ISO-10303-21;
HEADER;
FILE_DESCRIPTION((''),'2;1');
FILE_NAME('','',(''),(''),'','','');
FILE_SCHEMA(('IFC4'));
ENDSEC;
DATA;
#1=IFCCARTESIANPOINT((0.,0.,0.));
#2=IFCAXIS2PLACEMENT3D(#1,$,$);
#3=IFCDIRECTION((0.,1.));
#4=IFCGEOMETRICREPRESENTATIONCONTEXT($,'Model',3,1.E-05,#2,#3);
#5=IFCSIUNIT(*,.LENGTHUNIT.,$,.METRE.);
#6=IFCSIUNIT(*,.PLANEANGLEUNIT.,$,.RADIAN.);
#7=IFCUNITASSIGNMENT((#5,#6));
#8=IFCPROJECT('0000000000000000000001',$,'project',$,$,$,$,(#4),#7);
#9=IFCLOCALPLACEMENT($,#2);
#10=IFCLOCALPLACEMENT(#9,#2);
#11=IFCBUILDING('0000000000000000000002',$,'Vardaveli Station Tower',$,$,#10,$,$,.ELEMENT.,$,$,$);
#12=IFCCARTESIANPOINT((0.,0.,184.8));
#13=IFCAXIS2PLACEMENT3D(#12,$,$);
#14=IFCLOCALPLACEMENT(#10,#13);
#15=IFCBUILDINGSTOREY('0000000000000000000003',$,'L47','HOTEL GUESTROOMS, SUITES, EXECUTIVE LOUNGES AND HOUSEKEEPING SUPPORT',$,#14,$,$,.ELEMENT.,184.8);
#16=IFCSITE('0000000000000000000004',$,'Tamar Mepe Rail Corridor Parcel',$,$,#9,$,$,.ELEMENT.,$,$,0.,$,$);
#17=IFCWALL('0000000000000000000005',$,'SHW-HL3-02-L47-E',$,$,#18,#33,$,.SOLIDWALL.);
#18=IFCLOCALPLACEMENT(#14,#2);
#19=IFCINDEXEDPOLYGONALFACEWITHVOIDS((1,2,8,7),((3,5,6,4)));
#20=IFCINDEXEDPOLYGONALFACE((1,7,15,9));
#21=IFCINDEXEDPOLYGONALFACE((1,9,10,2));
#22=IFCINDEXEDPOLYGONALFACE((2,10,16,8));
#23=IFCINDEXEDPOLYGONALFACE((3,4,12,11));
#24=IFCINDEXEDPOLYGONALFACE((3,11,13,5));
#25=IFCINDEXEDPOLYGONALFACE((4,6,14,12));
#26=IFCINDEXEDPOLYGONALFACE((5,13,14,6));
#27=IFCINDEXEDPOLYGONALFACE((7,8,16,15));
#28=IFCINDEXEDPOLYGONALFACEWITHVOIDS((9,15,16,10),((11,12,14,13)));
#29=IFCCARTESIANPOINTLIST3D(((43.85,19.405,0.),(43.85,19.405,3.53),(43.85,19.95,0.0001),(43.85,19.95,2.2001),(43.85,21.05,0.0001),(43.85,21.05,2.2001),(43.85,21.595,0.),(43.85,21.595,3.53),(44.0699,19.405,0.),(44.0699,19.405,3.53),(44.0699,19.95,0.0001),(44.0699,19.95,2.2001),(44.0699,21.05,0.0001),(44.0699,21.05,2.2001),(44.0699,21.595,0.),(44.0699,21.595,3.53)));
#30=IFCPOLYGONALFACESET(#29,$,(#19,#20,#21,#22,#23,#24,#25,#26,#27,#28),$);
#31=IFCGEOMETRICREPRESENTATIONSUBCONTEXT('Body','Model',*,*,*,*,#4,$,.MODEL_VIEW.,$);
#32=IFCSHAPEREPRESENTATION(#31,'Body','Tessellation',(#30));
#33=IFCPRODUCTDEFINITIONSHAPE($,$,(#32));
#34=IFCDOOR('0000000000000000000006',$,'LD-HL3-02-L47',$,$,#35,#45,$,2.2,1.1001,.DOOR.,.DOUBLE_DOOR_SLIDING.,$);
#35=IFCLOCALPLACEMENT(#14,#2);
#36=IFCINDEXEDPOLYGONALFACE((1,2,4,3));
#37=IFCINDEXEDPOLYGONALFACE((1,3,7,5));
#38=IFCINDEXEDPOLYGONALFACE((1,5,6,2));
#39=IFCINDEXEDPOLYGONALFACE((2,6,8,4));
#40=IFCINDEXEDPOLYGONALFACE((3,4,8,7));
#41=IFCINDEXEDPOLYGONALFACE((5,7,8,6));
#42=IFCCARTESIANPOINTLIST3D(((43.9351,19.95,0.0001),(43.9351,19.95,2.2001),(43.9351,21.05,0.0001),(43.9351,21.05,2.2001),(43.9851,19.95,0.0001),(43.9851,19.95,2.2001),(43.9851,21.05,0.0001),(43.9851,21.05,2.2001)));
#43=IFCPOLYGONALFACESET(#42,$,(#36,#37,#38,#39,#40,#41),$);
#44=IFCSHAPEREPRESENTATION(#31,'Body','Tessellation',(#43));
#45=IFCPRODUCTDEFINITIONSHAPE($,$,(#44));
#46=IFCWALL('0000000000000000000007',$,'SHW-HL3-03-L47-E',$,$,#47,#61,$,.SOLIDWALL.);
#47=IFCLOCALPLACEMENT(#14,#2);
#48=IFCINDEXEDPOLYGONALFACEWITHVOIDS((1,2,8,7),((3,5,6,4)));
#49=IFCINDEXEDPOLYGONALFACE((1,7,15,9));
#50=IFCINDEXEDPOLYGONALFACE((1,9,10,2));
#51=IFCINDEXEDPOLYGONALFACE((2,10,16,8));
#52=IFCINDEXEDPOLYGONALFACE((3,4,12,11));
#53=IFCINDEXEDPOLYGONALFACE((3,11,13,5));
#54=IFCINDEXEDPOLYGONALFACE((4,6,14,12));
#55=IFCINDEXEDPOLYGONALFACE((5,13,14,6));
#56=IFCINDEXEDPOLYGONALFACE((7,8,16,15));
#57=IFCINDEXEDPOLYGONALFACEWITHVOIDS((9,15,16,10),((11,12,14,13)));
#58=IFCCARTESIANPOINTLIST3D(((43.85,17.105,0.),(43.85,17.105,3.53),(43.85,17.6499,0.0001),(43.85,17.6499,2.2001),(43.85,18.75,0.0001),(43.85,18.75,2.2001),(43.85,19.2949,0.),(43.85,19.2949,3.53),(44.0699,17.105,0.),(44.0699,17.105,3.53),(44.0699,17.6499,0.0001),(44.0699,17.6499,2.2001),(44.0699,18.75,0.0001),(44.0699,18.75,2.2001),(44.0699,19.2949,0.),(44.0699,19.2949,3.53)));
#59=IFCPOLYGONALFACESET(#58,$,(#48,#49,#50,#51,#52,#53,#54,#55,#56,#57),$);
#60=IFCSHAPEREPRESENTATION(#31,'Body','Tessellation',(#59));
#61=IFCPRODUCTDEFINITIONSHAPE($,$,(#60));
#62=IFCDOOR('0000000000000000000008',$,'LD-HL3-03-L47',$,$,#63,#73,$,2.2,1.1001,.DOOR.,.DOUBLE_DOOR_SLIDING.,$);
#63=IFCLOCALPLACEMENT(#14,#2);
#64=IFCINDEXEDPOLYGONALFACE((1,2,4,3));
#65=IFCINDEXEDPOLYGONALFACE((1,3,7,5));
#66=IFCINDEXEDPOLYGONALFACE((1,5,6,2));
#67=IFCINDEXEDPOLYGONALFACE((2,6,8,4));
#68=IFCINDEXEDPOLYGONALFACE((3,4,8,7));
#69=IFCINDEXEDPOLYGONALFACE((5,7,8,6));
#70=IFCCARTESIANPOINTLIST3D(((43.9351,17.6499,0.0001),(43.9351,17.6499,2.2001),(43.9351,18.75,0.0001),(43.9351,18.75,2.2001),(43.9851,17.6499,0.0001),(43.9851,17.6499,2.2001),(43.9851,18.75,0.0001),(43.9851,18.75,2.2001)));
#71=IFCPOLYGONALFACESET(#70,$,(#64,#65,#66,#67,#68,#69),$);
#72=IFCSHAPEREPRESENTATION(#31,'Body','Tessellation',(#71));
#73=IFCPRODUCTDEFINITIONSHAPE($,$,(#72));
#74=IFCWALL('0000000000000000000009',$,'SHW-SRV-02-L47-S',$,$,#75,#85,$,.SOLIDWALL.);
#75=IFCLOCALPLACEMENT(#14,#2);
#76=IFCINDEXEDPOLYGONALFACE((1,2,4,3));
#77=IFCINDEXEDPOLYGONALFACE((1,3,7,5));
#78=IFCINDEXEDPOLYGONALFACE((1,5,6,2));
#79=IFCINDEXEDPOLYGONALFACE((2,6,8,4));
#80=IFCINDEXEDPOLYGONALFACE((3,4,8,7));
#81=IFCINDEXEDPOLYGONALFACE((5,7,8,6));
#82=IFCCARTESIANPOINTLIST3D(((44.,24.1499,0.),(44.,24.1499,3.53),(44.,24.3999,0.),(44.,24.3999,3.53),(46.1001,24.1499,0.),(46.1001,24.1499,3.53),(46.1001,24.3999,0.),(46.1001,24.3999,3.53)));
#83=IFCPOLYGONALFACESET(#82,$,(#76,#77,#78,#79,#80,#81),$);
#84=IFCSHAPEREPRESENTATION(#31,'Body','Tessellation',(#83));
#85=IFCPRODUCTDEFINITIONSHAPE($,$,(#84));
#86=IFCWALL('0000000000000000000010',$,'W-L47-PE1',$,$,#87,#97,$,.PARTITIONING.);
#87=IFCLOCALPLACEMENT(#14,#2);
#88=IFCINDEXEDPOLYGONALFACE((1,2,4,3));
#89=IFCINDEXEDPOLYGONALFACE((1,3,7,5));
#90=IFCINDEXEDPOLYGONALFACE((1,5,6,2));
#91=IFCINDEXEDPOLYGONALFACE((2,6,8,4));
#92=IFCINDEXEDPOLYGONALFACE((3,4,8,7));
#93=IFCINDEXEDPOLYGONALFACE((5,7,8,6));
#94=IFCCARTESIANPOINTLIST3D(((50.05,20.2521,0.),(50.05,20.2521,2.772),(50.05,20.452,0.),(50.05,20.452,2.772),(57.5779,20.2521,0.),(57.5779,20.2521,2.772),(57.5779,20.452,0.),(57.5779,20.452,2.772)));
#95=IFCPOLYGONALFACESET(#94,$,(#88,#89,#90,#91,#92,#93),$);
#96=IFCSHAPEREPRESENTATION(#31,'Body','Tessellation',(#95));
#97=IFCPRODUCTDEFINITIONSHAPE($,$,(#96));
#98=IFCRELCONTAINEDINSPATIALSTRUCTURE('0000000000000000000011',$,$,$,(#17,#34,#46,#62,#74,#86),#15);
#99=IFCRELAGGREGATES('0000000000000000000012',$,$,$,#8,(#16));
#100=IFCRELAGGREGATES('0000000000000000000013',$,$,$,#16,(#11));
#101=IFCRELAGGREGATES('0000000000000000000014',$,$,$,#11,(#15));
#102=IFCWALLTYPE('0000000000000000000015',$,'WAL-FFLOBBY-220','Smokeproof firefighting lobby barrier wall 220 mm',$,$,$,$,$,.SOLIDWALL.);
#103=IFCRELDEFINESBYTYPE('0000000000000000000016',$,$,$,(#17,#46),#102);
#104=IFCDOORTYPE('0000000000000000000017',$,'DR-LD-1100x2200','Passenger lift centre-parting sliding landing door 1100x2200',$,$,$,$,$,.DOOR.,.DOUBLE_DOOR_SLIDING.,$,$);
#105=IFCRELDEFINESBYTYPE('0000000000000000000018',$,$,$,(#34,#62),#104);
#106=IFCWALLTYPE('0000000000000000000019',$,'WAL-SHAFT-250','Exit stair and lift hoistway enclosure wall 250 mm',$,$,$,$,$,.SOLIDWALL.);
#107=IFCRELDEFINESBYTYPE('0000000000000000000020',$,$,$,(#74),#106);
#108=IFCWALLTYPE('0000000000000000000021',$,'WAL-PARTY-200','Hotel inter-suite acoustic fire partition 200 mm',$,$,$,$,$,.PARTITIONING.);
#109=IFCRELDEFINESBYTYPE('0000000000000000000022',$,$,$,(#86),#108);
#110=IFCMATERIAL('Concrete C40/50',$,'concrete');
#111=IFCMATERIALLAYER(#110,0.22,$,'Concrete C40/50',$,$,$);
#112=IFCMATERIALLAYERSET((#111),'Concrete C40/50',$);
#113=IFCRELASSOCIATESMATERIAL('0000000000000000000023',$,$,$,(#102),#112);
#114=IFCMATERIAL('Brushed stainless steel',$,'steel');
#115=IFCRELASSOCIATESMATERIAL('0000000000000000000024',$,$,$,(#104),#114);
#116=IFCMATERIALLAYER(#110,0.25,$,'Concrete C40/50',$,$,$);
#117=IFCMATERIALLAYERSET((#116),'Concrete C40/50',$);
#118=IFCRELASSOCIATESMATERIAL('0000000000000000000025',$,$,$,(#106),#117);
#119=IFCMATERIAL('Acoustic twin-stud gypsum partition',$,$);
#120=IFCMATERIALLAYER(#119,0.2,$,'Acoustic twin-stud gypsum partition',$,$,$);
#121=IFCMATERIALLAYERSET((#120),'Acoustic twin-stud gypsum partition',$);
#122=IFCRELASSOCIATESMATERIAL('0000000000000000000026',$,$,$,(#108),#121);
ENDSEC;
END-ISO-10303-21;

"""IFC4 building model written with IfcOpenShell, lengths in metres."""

from ifc_helpers import new_model, si_unit, direction, frame, frame_2d, origin, place, context, subcontext, project, spatial, rectangle, extrude, source, transform, mapped, material, layer, layer_set, type_object, element, fill, save


model = new_model("IFC4")

# Units and contexts
model_context = context("Model", 3, precision=1e-05, world=origin(), true_north=direction((0.0, 1.0)))
body_context = subcontext(model_context, "Body", "Model", "MODEL_VIEW")
ifc_project = project(units=[si_unit("LENGTHUNIT", "METRE"), si_unit("PLANEANGLEUNIT", "RADIAN")], contexts=[model_context])

# Site, building, storey
site_placement = place(None, origin())
site = spatial("IfcSite", under=ifc_project, at=site_placement, Name="Tamar Mepe Rail Corridor Parcel", CompositionType="ELEMENT", RefElevation=0.0)
building_placement = place(site_placement, origin())
building = spatial("IfcBuilding", under=site, at=building_placement, Name="Vardaveli Station Tower", CompositionType="ELEMENT")
storey_placement = place(building_placement, frame((0.0, 0.0, 184.8)))
storey = spatial("IfcBuildingStorey", under=building, at=storey_placement, Name="L47", Description="HOTEL GUESTROOMS, SUITES, EXECUTIVE LOUNGES AND HOUSEKEEPING SUPPORT", CompositionType="ELEMENT", Elevation=184.8)

# Walls, openings, doors
ifc_material_1 = material(Name="Concrete C40/50", Category="concrete")
ifc_layer_1 = layer(ifc_material_1, 0.22, Name="Concrete C40/50")
ifc_layer_set_1 = layer_set([ifc_layer_1], Name="Concrete C40/50")
wall_type_1 = type_object("IfcWallType", Name="WAL-FFLOBBY-220", Description="Smokeproof firefighting lobby barrier wall 220 mm", PredefinedType="SOLIDWALL", material=ifc_layer_set_1)
shared_shape_1 = source(origin(), body_context, "Body", "SweptSolid", [
    extrude(rectangle(XDim=2.1899, YDim=0.22, at=frame_2d((1.095, 0.0))), origin(), (0.0, 0.0, 1.0), 3.53),
])
shared_shape_2 = source(origin(), body_context, "Body", "SweptSolid", [
    extrude(rectangle(XDim=1.1001, YDim=2.2, at=frame_2d((0.55, 1.1001))), frame((0.0, 0.1201, 0.0), z_axis=(0.0, -1.0, 0.0), x_axis=(1.0, 0.0, 0.0)), (0.0, 0.0, 1.0), 0.24),
])
ifc_material_2 = material(Name="Brushed stainless steel", Category="steel")
door_type = type_object("IfcDoorType", Name="DR-LD-1100x2200", Description="Passenger lift centre-parting sliding landing door 1100x2200", OperationType="DOUBLE_DOOR_SLIDING", PredefinedType="DOOR", material=ifc_material_2)
shared_shape_3 = source(origin(), body_context, "Body", "SweptSolid", [
    extrude(rectangle(XDim=1.1001, YDim=2.2, at=frame_2d((0.55, 1.1001))), frame((0.0, 0.0249, 0.0), z_axis=(0.0, -1.0, 0.0), x_axis=(1.0, 0.0, 0.0)), (0.0, 0.0, 1.0), 0.05),
])
wall_1_placement = place(storey_placement, frame((43.96, 19.405, 0.0), z_axis=(0.0, 0.0, 1.0), x_axis=(0.0, 1.0, 0.0)))
wall_1 = element("IfcWall", 1, at=wall_1_placement, inside=storey, type_object=wall_type_1, Name="SHW-HL3-02-L47-E", PredefinedType="SOLIDWALL", context=body_context, shape_type="MappedRepresentation", body=[
    mapped(shared_shape_1, transform((0.0, 0.0, 0.0), scale=1.0)),
])
opening_1_placement = place(wall_1_placement, frame((0.5449, 0.0, 0.0)))
opening_1 = element("IfcOpeningElement", 2, at=opening_1_placement, cuts=wall_1, PredefinedType="OPENING", context=body_context, shape_type="MappedRepresentation", body=[
    mapped(shared_shape_2, transform((0.0, 0.0, 0.0), scale=1.0)),
])
door_1_placement = place(opening_1_placement, origin())
door_1 = element("IfcDoor", 3, at=door_1_placement, inside=storey, type_object=door_type, Name="LD-HL3-02-L47", OperationType="DOUBLE_DOOR_SLIDING", OverallHeight=2.2, OverallWidth=1.1001, PredefinedType="DOOR", context=body_context, shape_type="MappedRepresentation", body=[
    mapped(shared_shape_3, transform((0.0, 0.0, 0.0), scale=1.0)),
])
fill(opening_1, door_1)
wall_2_placement = place(storey_placement, frame((43.96, 17.105, 0.0), z_axis=(0.0, 0.0, 1.0), x_axis=(0.0, 1.0, 0.0)))
wall_2 = element("IfcWall", 4, at=wall_2_placement, inside=storey, type_object=wall_type_1, Name="SHW-HL3-03-L47-E", PredefinedType="SOLIDWALL", context=body_context, shape_type="MappedRepresentation", body=[
    mapped(shared_shape_1, transform((0.0, 0.0, 0.0), scale=1.0)),
])
opening_2_placement = place(wall_2_placement, frame((0.5449, 0.0, 0.0)))
opening_2 = element("IfcOpeningElement", 5, at=opening_2_placement, cuts=wall_2, PredefinedType="OPENING", context=body_context, shape_type="MappedRepresentation", body=[
    mapped(shared_shape_2, transform((0.0, 0.0, 0.0), scale=1.0)),
])
door_2_placement = place(opening_2_placement, origin())
door_2 = element("IfcDoor", 6, at=door_2_placement, inside=storey, type_object=door_type, Name="LD-HL3-03-L47", OperationType="DOUBLE_DOOR_SLIDING", OverallHeight=2.2, OverallWidth=1.1001, PredefinedType="DOOR", context=body_context, shape_type="MappedRepresentation", body=[
    mapped(shared_shape_3, transform((0.0, 0.0, 0.0), scale=1.0)),
])
fill(opening_2, door_2)

# Walls
ifc_layer_2 = layer(ifc_material_1, 0.25, Name="Concrete C40/50")
ifc_layer_set_2 = layer_set([ifc_layer_2], Name="Concrete C40/50")
wall_type_2 = type_object("IfcWallType", Name="WAL-SHAFT-250", Description="Exit stair and lift hoistway enclosure wall 250 mm", PredefinedType="SOLIDWALL", material=ifc_layer_set_2)
shared_shape_4 = source(origin(), body_context, "Body", "SweptSolid", [
    extrude(rectangle(XDim=2.1001, YDim=0.25, at=frame_2d((1.05, 0.0))), origin(), (0.0, 0.0, 1.0), 3.53),
])
wall_3_placement = place(storey_placement, frame((44.0, 24.2749, 0.0), z_axis=(0.0, 0.0, 1.0), x_axis=(1.0, 0.0, 0.0)))
element("IfcWall", 7, at=wall_3_placement, inside=storey, type_object=wall_type_2, Name="SHW-SRV-02-L47-S", PredefinedType="SOLIDWALL", context=body_context, shape_type="MappedRepresentation", body=[
    mapped(shared_shape_4, transform((0.0, 0.0, 0.0), scale=1.0)),
])
ifc_material_3 = material(Name="Acoustic twin-stud gypsum partition")
ifc_layer_3 = layer(ifc_material_3, 0.2, Name="Acoustic twin-stud gypsum partition")
ifc_layer_set_3 = layer_set([ifc_layer_3], Name="Acoustic twin-stud gypsum partition")
wall_type_3 = type_object("IfcWallType", Name="WAL-PARTY-200", Description="Hotel inter-suite acoustic fire partition 200 mm", PredefinedType="PARTITIONING", material=ifc_layer_set_3)
shared_shape_5 = source(origin(), body_context, "Body", "SweptSolid", [
    extrude(rectangle(XDim=7.5278, YDim=0.2, at=frame_2d((3.7639, 0.0))), origin(), (0.0, 0.0, 1.0), 2.772),
])
wall_4_placement = place(storey_placement, frame((50.05, 20.3521, 0.0), z_axis=(0.0, 0.0, 1.0), x_axis=(1.0, 0.0, 0.0)))
element("IfcWall", 8, at=wall_4_placement, inside=storey, type_object=wall_type_3, Name="W-L47-PE1", PredefinedType="PARTITIONING", context=body_context, shape_type="MappedRepresentation", body=[
    mapped(shared_shape_5, transform((0.0, 0.0, 0.0), scale=1.0)),
])

save(model, "model.ifc")
